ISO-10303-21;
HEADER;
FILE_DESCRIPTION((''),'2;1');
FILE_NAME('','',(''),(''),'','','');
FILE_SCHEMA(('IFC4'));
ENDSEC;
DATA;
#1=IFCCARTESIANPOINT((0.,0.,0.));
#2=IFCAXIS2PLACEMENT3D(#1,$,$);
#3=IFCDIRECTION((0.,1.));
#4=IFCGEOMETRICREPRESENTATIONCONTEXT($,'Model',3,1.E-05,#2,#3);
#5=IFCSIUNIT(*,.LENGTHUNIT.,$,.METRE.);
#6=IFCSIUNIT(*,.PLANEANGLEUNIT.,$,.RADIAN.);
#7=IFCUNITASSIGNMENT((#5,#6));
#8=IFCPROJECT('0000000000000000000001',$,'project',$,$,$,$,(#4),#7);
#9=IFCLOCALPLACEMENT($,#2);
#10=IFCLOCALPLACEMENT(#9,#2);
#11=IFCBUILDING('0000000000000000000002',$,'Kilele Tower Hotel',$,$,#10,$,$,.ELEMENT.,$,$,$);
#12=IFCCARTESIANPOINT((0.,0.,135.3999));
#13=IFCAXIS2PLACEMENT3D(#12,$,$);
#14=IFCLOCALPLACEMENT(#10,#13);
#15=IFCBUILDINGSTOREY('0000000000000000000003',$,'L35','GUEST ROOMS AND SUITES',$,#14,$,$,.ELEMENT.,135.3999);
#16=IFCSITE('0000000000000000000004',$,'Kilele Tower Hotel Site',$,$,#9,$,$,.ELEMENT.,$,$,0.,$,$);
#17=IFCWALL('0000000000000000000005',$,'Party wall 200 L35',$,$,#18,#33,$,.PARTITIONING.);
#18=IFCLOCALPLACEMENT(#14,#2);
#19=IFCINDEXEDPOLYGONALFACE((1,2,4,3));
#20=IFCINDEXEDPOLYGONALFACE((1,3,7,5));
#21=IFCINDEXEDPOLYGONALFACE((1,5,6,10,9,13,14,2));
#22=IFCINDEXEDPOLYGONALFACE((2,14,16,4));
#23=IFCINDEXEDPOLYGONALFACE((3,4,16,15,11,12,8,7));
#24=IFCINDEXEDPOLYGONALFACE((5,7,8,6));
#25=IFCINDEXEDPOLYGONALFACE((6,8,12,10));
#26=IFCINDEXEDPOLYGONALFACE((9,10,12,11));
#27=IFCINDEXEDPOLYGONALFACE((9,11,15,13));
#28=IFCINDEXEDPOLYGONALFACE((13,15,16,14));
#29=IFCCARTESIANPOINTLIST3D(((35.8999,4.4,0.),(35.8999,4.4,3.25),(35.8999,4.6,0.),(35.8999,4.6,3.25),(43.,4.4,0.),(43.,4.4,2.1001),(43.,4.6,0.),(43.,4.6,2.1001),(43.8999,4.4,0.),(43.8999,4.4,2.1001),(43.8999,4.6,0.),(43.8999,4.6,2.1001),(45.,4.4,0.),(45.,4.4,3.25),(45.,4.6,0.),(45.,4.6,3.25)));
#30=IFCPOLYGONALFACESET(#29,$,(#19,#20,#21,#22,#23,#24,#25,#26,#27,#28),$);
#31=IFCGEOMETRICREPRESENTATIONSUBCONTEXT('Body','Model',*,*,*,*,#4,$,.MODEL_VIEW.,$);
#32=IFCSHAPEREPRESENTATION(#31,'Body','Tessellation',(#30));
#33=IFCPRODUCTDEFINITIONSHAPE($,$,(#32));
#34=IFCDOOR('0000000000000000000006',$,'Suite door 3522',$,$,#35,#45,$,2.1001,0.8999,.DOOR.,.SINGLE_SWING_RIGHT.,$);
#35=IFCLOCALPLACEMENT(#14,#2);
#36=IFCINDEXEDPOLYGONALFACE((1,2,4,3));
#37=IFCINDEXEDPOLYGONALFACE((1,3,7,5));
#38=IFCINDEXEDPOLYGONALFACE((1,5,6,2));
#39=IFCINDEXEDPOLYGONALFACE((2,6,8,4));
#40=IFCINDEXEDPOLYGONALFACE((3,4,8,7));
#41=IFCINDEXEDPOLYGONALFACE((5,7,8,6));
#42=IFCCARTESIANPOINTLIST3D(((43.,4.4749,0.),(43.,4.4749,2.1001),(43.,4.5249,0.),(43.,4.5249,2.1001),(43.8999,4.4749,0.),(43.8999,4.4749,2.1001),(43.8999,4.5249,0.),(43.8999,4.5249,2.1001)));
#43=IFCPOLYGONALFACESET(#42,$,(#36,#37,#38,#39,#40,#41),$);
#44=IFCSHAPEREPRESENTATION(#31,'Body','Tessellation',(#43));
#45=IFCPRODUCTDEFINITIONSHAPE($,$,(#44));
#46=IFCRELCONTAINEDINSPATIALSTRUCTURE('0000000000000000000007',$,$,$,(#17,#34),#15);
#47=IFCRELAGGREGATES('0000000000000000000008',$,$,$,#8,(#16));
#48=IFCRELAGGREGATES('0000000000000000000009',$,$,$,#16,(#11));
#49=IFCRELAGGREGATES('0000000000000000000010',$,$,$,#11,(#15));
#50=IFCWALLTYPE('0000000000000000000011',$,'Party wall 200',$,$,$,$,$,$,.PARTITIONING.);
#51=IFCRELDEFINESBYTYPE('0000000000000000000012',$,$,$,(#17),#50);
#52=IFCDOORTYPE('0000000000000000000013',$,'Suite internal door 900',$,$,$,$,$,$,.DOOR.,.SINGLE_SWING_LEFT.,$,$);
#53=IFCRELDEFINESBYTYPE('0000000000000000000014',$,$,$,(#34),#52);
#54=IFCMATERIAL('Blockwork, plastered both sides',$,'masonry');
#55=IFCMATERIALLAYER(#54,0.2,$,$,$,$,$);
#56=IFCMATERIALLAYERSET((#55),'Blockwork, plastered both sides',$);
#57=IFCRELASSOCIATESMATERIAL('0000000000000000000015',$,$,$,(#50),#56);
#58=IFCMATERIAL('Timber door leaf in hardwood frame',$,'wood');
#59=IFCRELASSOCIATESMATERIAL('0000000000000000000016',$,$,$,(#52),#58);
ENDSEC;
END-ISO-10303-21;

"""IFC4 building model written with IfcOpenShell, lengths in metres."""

from ifc_helpers import new_model, si_unit, direction, frame, frame_2d, origin, place, context, subcontext, project, spatial, rectangle, extrude, material, layer, layer_set, type_object, element, fill, save


model = new_model("IFC4")

# Units and contexts
model_context = context("Model", 3, precision=1e-05, world=origin(), true_north=direction((0.0, 1.0)))
body_context = subcontext(model_context, "Body", "Model", "MODEL_VIEW")
ifc_project = project(units=[si_unit("LENGTHUNIT", "METRE"), si_unit("PLANEANGLEUNIT", "RADIAN")], contexts=[model_context])

# Site, building, storey
site_placement = place(None, origin())
site = spatial("IfcSite", under=ifc_project, at=site_placement, Name="Kilele Tower Hotel Site", CompositionType="ELEMENT", RefElevation=0.0)
building_placement = place(site_placement, origin())
building = spatial("IfcBuilding", under=site, at=building_placement, Name="Kilele Tower Hotel", CompositionType="ELEMENT")
storey_placement = place(building_placement, frame((0.0, 0.0, 135.3999)))
storey = spatial("IfcBuildingStorey", under=building, at=storey_placement, Name="L35", Description="GUEST ROOMS AND SUITES", CompositionType="ELEMENT", Elevation=135.3999)

# Wall, opening, door
ifc_material_1 = material(Name="Blockwork, plastered both sides", Category="masonry")
ifc_layer_1 = layer(ifc_material_1, 0.2)
ifc_layer_set_1 = layer_set([ifc_layer_1], Name="Blockwork, plastered both sides")
wall_type_1 = type_object("IfcWallType", Name="Party wall 200", PredefinedType="PARTITIONING", material=ifc_layer_set_1)
wall_1_placement = place(storey_placement, frame((35.8999, 4.5, 0.0), z_axis=(0.0, 0.0, 1.0), x_axis=(1.0, 0.0, 0.0)))
wall_1 = element("IfcWall", 1, at=wall_1_placement, inside=storey, type_object=wall_type_1, Name="Party wall 200 L35", PredefinedType="PARTITIONING", context=body_context, shape_type="SweptSolid", body=[
    extrude(rectangle(XDim=9.1001, YDim=0.2, at=frame_2d((4.55, 0.0))), origin(), (0.0, 0.0, 1.0), 3.25),
])
opening_1_placement = place(wall_1_placement, frame((7.1001, 0.0, 0.0)))
opening_1 = element("IfcOpeningElement", 2, at=opening_1_placement, cuts=wall_1, PredefinedType="OPENING", context=body_context, shape_type="SweptSolid", body=[
    extrude(rectangle(XDim=0.8999, YDim=2.1001, at=frame_2d((0.45, 1.05))), frame((0.0, 0.1099, 0.0), z_axis=(0.0, -1.0, 0.0), x_axis=(1.0, 0.0, 0.0)), (0.0, 0.0, 1.0), 0.22),
])
ifc_material_2 = material(Name="Timber door leaf in hardwood frame", Category="wood")
door_type_1 = type_object("IfcDoorType", Name="Suite internal door 900", OperationType="SINGLE_SWING_LEFT", PredefinedType="DOOR", material=ifc_material_2)
door_1_placement = place(opening_1_placement, origin())
door_1 = element("IfcDoor", 3, at=door_1_placement, inside=storey, type_object=door_type_1, Name="Suite door 3522", OperationType="SINGLE_SWING_RIGHT", OverallHeight=2.1001, OverallWidth=0.8999, PredefinedType="DOOR", context=body_context, shape_type="SweptSolid", body=[
    extrude(rectangle(XDim=0.8999, YDim=2.1001, at=frame_2d((0.45, 1.05))), frame((0.0, 0.0249, 0.0), z_axis=(0.0, -1.0, 0.0), x_axis=(1.0, 0.0, 0.0)), (0.0, 0.0, 1.0), 0.05),
])
fill(opening_1, door_1)

save(model, "model.ifc")
